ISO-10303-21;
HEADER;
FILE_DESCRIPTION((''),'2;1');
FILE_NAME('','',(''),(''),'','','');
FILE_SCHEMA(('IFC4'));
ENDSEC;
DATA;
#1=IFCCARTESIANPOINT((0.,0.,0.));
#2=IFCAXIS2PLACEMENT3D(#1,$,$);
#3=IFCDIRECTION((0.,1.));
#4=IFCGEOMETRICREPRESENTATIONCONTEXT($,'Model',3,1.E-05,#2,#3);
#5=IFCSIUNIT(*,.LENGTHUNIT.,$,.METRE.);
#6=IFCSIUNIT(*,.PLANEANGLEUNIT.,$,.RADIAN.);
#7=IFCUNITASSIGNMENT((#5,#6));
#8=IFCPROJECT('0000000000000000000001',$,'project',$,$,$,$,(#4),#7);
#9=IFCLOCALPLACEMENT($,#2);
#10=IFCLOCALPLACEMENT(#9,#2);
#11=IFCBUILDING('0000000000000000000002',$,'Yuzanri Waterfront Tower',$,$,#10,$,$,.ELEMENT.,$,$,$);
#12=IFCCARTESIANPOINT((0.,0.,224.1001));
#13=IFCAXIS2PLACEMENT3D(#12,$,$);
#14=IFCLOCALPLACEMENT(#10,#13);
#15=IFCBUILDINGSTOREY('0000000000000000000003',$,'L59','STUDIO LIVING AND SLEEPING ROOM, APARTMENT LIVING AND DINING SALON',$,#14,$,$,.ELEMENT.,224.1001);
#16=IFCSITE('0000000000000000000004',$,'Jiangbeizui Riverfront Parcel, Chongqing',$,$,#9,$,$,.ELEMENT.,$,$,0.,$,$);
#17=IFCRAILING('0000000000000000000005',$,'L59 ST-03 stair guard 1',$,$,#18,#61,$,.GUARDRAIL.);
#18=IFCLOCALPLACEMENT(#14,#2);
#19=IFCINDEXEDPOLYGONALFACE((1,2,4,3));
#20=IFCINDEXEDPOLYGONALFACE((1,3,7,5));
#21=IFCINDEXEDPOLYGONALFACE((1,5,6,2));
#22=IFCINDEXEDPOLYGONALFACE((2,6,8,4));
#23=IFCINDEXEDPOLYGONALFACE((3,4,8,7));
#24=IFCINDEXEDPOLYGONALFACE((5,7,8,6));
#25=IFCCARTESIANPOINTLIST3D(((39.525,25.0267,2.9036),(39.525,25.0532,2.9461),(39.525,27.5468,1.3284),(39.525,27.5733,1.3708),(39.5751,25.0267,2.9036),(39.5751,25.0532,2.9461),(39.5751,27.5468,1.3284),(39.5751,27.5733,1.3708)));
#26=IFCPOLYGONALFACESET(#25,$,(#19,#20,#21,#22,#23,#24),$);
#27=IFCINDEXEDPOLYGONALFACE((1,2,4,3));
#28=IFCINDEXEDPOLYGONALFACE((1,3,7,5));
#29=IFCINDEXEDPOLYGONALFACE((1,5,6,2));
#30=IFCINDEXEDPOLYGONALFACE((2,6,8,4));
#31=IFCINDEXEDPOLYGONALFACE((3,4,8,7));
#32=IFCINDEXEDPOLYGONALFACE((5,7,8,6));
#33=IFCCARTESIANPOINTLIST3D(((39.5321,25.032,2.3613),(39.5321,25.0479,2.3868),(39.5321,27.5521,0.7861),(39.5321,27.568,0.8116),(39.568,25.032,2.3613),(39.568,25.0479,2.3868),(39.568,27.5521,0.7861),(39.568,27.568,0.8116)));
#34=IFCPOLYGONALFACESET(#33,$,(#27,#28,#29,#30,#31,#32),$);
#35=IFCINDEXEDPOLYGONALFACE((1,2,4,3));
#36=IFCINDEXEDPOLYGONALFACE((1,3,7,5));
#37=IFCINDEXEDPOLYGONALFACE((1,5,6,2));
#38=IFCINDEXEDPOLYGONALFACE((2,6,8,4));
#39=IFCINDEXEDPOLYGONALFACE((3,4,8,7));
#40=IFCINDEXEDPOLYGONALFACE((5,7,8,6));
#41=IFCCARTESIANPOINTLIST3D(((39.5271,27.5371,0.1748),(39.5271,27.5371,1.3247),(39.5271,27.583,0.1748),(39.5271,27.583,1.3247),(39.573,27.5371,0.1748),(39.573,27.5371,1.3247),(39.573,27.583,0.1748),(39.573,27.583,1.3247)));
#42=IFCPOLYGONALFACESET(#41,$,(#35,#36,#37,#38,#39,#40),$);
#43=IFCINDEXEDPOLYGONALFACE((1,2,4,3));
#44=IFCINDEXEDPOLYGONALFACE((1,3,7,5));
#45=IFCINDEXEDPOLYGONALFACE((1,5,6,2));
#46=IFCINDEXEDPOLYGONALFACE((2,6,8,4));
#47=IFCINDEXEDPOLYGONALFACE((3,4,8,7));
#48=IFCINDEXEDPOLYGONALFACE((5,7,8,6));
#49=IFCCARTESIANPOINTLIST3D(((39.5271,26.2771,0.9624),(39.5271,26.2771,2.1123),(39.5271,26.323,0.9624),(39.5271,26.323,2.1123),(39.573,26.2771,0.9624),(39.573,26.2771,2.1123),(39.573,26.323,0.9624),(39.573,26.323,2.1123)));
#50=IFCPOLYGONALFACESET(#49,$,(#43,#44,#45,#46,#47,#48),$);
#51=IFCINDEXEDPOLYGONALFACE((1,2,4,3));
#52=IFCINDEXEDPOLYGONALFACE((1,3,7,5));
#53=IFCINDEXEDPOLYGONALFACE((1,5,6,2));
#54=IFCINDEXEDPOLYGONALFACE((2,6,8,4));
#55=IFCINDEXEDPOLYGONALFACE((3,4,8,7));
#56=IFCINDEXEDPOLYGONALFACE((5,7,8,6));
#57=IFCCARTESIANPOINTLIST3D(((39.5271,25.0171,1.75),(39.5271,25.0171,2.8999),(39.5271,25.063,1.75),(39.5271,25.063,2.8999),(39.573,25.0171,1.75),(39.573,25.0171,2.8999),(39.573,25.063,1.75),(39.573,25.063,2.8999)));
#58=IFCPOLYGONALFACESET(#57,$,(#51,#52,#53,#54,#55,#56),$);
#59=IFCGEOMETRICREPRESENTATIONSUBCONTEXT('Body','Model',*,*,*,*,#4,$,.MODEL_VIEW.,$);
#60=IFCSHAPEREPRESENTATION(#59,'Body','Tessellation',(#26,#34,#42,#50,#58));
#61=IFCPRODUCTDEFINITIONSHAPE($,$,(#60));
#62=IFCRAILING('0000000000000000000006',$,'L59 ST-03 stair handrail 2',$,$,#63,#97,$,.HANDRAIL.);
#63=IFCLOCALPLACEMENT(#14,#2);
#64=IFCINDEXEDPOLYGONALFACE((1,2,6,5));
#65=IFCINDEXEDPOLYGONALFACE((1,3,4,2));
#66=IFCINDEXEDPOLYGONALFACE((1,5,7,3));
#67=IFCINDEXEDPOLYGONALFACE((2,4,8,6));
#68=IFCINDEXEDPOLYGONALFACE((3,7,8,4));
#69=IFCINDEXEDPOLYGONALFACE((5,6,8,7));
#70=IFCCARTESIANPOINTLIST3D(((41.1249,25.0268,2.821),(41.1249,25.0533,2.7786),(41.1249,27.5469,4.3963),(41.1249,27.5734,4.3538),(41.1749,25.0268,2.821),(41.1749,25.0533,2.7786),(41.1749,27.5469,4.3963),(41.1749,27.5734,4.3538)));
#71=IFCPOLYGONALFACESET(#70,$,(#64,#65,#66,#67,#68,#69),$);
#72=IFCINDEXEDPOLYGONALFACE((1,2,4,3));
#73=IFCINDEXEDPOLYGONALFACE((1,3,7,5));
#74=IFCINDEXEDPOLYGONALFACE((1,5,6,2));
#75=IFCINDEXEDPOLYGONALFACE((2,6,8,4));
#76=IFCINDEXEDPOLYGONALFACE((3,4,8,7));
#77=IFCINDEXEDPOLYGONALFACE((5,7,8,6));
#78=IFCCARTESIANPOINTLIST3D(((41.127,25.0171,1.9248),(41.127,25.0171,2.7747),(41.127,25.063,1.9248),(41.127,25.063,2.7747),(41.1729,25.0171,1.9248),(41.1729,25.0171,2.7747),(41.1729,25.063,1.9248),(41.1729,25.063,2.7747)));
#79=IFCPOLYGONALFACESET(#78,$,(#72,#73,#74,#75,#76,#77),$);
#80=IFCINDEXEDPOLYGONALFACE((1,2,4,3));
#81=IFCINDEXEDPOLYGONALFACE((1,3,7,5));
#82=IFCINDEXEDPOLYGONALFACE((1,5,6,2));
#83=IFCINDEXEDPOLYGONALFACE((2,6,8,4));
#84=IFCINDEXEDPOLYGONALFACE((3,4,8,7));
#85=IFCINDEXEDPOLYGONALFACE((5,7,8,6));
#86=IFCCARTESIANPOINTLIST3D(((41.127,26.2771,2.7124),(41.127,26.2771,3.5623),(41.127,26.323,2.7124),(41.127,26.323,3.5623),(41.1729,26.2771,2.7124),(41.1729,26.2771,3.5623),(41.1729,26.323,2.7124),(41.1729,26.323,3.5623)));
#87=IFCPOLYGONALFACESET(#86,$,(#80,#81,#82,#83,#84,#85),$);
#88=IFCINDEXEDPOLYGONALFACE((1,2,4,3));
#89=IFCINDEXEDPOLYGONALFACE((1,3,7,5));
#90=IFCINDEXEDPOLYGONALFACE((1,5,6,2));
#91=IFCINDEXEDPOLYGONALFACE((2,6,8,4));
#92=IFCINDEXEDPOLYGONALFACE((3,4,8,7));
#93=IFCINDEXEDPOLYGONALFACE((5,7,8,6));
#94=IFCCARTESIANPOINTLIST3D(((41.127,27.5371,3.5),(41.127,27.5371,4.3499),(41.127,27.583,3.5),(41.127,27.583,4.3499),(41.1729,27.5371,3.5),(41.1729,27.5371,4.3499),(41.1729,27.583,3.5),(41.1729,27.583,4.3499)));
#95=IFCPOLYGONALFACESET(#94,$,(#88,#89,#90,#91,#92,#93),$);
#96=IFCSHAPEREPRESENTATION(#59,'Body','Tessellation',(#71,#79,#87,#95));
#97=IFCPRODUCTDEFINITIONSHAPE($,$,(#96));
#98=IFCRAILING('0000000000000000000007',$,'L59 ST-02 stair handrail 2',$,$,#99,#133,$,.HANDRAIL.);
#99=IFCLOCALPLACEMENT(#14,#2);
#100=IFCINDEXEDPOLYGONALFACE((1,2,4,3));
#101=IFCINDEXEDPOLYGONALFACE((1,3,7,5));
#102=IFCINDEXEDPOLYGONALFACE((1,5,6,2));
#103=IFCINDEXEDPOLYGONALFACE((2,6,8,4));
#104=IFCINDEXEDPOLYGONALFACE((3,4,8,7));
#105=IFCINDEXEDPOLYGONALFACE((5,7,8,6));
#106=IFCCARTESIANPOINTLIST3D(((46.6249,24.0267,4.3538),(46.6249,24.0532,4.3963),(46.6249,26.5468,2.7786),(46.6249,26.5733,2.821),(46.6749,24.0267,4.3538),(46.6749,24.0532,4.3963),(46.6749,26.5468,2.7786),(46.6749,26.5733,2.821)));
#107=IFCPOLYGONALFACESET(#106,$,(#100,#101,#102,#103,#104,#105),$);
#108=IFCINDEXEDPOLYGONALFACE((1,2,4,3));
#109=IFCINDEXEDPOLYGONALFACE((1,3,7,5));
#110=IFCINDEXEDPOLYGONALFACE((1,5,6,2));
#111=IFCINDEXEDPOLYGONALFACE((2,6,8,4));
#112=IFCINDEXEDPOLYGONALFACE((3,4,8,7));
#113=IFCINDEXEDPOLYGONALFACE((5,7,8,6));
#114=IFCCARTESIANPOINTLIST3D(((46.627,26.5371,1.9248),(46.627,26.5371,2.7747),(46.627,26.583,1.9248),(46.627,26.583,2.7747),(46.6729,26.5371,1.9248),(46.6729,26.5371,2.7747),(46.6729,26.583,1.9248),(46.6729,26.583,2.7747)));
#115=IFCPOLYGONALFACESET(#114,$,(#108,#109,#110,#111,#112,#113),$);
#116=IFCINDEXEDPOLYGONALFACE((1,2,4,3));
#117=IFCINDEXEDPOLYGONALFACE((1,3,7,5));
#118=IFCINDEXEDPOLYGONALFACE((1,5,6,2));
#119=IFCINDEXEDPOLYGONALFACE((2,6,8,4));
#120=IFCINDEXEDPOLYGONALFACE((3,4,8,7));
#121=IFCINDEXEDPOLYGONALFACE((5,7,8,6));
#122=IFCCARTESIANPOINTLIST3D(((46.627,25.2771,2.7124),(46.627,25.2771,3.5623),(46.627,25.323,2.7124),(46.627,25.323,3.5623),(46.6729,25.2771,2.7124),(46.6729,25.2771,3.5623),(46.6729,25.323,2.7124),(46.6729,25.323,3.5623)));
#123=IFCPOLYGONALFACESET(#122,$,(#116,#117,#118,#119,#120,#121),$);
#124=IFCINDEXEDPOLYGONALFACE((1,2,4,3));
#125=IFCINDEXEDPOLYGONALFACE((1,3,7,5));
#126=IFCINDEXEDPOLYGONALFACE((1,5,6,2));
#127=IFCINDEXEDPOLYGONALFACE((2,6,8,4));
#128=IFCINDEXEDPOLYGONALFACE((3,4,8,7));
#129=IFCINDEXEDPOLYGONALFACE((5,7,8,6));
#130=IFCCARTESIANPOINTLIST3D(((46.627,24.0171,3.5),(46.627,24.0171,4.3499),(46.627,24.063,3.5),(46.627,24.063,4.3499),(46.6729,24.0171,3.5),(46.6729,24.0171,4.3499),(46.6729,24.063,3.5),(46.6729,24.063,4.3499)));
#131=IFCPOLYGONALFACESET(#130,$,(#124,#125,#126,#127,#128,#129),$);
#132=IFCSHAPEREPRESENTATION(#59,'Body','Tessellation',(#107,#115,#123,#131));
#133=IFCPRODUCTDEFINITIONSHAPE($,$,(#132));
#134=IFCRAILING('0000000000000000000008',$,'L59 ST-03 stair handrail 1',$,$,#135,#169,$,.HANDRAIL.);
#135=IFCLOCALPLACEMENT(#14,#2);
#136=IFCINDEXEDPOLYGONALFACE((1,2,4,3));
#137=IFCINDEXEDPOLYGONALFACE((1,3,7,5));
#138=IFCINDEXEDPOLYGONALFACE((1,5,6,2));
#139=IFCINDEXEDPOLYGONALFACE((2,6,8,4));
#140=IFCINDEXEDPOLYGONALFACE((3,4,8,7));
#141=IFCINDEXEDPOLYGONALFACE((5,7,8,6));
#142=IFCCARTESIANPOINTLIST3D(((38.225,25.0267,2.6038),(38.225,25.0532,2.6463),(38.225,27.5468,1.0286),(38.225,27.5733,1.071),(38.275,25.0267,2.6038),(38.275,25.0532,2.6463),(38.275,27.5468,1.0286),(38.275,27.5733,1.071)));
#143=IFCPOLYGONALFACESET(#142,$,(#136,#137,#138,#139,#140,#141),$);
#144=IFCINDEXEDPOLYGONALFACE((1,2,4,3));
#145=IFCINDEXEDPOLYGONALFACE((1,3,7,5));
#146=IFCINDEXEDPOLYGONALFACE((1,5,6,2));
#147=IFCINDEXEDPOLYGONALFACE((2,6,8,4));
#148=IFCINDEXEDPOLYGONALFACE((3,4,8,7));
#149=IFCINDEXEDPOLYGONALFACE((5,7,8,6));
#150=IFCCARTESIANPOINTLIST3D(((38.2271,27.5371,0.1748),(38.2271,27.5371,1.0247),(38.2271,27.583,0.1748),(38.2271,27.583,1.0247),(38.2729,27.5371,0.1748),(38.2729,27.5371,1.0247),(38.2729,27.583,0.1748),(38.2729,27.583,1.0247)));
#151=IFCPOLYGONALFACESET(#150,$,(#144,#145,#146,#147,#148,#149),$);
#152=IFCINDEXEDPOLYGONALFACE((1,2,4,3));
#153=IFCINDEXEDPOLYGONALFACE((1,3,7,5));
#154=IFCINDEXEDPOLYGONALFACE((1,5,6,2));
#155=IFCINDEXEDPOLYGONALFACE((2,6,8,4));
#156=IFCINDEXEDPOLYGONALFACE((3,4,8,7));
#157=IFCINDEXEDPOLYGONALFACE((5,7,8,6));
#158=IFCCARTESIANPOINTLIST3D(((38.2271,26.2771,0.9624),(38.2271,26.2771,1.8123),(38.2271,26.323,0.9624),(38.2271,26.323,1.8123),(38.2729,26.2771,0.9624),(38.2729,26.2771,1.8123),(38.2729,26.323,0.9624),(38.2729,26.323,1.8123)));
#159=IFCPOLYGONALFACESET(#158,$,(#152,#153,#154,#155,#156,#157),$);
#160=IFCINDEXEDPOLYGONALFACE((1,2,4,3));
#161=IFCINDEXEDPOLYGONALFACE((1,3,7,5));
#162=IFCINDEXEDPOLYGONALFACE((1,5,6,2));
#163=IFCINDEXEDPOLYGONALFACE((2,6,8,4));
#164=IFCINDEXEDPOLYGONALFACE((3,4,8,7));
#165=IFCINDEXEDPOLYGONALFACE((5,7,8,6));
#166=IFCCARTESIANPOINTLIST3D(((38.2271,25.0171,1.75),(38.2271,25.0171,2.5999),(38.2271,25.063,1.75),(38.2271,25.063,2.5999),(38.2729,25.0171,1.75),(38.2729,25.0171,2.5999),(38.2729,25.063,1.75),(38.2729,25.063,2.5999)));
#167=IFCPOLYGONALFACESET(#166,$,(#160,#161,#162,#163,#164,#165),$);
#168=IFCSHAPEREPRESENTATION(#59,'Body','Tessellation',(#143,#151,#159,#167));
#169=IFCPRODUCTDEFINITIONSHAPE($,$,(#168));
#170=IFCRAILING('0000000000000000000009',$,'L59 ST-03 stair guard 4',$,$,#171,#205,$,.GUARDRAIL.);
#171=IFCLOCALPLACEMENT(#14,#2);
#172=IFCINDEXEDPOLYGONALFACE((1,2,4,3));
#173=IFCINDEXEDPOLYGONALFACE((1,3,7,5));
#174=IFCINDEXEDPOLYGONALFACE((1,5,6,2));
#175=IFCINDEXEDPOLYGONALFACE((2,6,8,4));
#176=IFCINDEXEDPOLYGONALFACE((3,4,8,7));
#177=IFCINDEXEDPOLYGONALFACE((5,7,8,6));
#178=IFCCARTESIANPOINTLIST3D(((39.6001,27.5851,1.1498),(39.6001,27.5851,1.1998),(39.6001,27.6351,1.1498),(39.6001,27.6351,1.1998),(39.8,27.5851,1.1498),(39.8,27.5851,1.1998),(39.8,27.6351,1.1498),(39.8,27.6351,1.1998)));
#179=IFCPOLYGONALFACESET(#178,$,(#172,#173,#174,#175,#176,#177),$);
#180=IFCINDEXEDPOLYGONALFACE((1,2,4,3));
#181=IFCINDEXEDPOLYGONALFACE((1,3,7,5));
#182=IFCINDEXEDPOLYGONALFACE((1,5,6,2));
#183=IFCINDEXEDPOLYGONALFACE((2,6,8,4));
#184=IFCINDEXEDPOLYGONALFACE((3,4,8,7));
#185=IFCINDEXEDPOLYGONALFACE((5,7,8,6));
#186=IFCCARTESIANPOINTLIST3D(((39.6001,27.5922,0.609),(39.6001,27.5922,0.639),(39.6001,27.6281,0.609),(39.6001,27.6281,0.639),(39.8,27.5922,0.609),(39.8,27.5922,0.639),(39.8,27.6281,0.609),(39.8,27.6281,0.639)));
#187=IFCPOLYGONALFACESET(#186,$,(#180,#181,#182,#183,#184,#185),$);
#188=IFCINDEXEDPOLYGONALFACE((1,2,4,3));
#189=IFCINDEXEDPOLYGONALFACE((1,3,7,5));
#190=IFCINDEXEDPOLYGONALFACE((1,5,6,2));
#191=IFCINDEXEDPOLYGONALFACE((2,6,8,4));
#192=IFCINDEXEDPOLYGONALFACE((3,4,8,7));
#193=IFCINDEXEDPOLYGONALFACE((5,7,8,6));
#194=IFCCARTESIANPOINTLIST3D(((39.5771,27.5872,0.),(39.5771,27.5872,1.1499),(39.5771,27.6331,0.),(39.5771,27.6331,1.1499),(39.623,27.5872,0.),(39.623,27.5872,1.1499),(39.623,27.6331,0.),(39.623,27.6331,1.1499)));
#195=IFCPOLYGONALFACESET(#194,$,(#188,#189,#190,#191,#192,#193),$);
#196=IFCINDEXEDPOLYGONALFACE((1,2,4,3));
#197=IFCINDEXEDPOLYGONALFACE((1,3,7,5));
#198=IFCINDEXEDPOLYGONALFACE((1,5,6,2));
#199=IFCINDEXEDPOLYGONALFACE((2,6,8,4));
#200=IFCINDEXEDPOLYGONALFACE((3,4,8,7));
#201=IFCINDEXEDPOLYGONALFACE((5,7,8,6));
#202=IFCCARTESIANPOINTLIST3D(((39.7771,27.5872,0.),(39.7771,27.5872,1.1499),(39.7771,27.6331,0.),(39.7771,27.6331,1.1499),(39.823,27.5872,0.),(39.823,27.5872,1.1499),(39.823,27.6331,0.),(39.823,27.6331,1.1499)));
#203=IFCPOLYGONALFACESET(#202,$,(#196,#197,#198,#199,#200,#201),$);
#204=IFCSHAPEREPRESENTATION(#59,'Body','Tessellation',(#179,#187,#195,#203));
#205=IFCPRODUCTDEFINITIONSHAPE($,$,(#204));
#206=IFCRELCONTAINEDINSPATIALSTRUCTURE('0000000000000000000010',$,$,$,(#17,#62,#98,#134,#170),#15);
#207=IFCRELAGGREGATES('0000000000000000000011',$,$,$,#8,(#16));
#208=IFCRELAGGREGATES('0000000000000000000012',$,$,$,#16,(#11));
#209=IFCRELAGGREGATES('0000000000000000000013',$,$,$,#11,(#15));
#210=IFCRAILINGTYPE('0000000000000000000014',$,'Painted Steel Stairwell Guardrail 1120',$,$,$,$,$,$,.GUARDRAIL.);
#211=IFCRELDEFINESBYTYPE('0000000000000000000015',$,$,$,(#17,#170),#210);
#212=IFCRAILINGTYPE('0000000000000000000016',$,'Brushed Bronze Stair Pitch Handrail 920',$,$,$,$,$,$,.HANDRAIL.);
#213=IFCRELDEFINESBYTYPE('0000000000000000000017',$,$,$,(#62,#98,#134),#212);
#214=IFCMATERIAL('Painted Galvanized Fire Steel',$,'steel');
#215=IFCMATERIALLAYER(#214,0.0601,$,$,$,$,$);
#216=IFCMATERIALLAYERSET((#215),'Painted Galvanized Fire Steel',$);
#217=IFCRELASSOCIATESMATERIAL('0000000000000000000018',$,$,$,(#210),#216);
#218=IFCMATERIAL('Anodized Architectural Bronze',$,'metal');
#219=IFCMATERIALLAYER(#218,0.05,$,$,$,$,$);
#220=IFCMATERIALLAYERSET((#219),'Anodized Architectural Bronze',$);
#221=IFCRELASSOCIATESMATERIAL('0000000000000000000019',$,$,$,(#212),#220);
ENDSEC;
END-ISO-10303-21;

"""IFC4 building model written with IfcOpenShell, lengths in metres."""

from ifc_helpers import new_model, si_unit, direction, frame, origin, origin_2d, place, context, subcontext, project, spatial, rectangle, extrude, source, transform, mapped, material, layer, layer_set, type_object, element, save


model = new_model("IFC4")

# Units and contexts
model_context = context("Model", 3, precision=1e-05, world=origin(), true_north=direction((0.0, 1.0)))
body_context = subcontext(model_context, "Body", "Model", "MODEL_VIEW")
ifc_project = project(units=[si_unit("LENGTHUNIT", "METRE"), si_unit("PLANEANGLEUNIT", "RADIAN")], contexts=[model_context])

# Site, building, storey
site_placement = place(None, origin())
site = spatial("IfcSite", under=ifc_project, at=site_placement, Name="Jiangbeizui Riverfront Parcel, Chongqing", CompositionType="ELEMENT", RefElevation=0.0)
building_placement = place(site_placement, origin())
building = spatial("IfcBuilding", under=site, at=building_placement, Name="Yuzanri Waterfront Tower", CompositionType="ELEMENT")
storey_placement = place(building_placement, frame((0.0, 0.0, 224.1001)))
storey = spatial("IfcBuildingStorey", under=building, at=storey_placement, Name="L59", Description="STUDIO LIVING AND SLEEPING ROOM, APARTMENT LIVING AND DINING SALON", CompositionType="ELEMENT", Elevation=224.1001)

# Railings
ifc_material_1 = material(Name="Painted Galvanized Fire Steel", Category="steel")
ifc_layer_1 = layer(ifc_material_1, 0.0601)
ifc_layer_set_1 = layer_set([ifc_layer_1], Name="Painted Galvanized Fire Steel")
railing_type_1 = type_object("IfcRailingType", Name="Painted Steel Stairwell Guardrail 1120", PredefinedType="GUARDRAIL", material=ifc_layer_set_1)
shared_shape_1 = source(origin(), body_context, "Body", "SweptSolid", [
    extrude(rectangle(XDim=0.05, YDim=0.05, at=origin_2d()), frame((0.0, 0.0, 1.1748), z_axis=(0.0, -0.847971, 0.530043), x_axis=(1.0, 0.0, 0.0)), (0.0, 0.0, 1.0), 2.9719),
    extrude(rectangle(XDim=0.0359, YDim=0.03, at=origin_2d()), frame((0.0, 0.0, 0.624), z_axis=(0.0, -0.847971, 0.530043), x_axis=(1.0, 0.0, 0.0)), (0.0, 0.0, 1.0), 2.9719),
    extrude(rectangle(XDim=0.0459, YDim=0.0459, at=origin_2d()), origin(), (0.0, 0.0, 1.0), 1.1499),
    extrude(rectangle(XDim=0.0459, YDim=0.0459, at=origin_2d()), frame((0.0, -1.26, 0.7876)), (0.0, 0.0, 1.0), 1.1499),
    extrude(rectangle(XDim=0.0459, YDim=0.0459, at=origin_2d()), frame((0.0, -2.52, 1.5752)), (0.0, 0.0, 1.0), 1.1499),
])
for number, where, name in (
    (1, (39.55, 27.5601, 0.1748), "L59 ST-03 stair guard 1"),
):
    element("IfcRailing", number, at=place(storey_placement, frame(where)), inside=storey, type_object=railing_type_1, Name=name, PredefinedType="GUARDRAIL", context=body_context, shape_type="MappedRepresentation", body=[
        mapped(shared_shape_1, transform((0.0, 0.0, 0.0), scale=1.0)),
    ])
ifc_material_2 = material(Name="Anodized Architectural Bronze", Category="metal")
ifc_layer_2 = layer(ifc_material_2, 0.05)
ifc_layer_set_2 = layer_set([ifc_layer_2], Name="Anodized Architectural Bronze")
railing_type_2 = type_object("IfcRailingType", Name="Brushed Bronze Stair Pitch Handrail 920", PredefinedType="HANDRAIL", material=ifc_layer_set_2)
shared_shape_2 = source(origin(), body_context, "Body", "SweptSolid", [
    extrude(rectangle(XDim=0.05, YDim=0.05, at=origin_2d()), frame((0.0, 0.0, 0.875), z_axis=(0.0, 0.847971, 0.530043), x_axis=(-1.0, 0.0, 0.0)), (0.0, 0.0, 1.0), 2.9719),
    extrude(rectangle(XDim=0.0459, YDim=0.0459, at=origin_2d()), origin(), (0.0, 0.0, 1.0), 0.8499),
    extrude(rectangle(XDim=0.0459, YDim=0.0459, at=origin_2d()), frame((0.0, 1.26, 0.7876)), (0.0, 0.0, 1.0), 0.8499),
    extrude(rectangle(XDim=0.0459, YDim=0.0459, at=origin_2d()), frame((0.0, 2.52, 1.5752)), (0.0, 0.0, 1.0), 0.8499),
])
railing_1_placement = place(storey_placement, frame((41.1499, 25.04, 1.9248)))
element("IfcRailing", 2, at=railing_1_placement, inside=storey, type_object=railing_type_2, Name="L59 ST-03 stair handrail 2", PredefinedType="HANDRAIL", context=body_context, shape_type="MappedRepresentation", body=[
    mapped(shared_shape_2, transform((0.0, 0.0, 0.0), scale=1.0)),
])
shared_shape_3 = source(origin(), body_context, "Body", "SweptSolid", [
    extrude(rectangle(XDim=0.05, YDim=0.05, at=origin_2d()), frame((0.0, 0.0, 0.875), z_axis=(0.0, -0.847971, 0.530043), x_axis=(1.0, 0.0, 0.0)), (0.0, 0.0, 1.0), 2.9719),
    extrude(rectangle(XDim=0.0459, YDim=0.0459, at=origin_2d()), origin(), (0.0, 0.0, 1.0), 0.8499),
    extrude(rectangle(XDim=0.0459, YDim=0.0459, at=origin_2d()), frame((0.0, -1.26, 0.7876)), (0.0, 0.0, 1.0), 0.8499),
    extrude(rectangle(XDim=0.0459, YDim=0.0459, at=origin_2d()), frame((0.0, -2.52, 1.5752)), (0.0, 0.0, 1.0), 0.8499),
])
for number, where, name in (
    (3, (46.6499, 26.5601, 1.9248), "L59 ST-02 stair handrail 2"),
    (4, (38.25, 27.5601, 0.1748), "L59 ST-03 stair handrail 1"),
):
    element("IfcRailing", number, at=place(storey_placement, frame(where)), inside=storey, type_object=railing_type_2, Name=name, PredefinedType="HANDRAIL", context=body_context, shape_type="MappedRepresentation", body=[
        mapped(shared_shape_3, transform((0.0, 0.0, 0.0), scale=1.0)),
    ])
shared_shape_4 = source(origin(), body_context, "Body", "SweptSolid", [
    extrude(rectangle(XDim=0.05, YDim=0.05, at=origin_2d()), frame((0.0, 0.0, 1.1748), z_axis=(1.0, 0.0, 0.0), x_axis=(0.0, 1.0, 0.0)), (0.0, 0.0, 1.0), 0.2),
    extrude(rectangle(XDim=0.0359, YDim=0.03, at=origin_2d()), frame((0.0, 0.0, 0.624), z_axis=(1.0, 0.0, 0.0), x_axis=(0.0, 1.0, 0.0)), (0.0, 0.0, 1.0), 0.2),
    extrude(rectangle(XDim=0.0459, YDim=0.0459, at=origin_2d()), origin(), (0.0, 0.0, 1.0), 1.1499),
    extrude(rectangle(XDim=0.0459, YDim=0.0459, at=origin_2d()), frame((0.2, 0.0, 0.0)), (0.0, 0.0, 1.0), 1.1499),
])
railing_2_placement = place(storey_placement, frame((39.6001, 27.6101, 0.0)))
element("IfcRailing", 5, at=railing_2_placement, inside=storey, type_object=railing_type_1, Name="L59 ST-03 stair guard 4", PredefinedType="GUARDRAIL", context=body_context, shape_type="MappedRepresentation", body=[
    mapped(shared_shape_4, transform((0.0, 0.0, 0.0), scale=1.0)),
])

save(model, "model.ifc")
